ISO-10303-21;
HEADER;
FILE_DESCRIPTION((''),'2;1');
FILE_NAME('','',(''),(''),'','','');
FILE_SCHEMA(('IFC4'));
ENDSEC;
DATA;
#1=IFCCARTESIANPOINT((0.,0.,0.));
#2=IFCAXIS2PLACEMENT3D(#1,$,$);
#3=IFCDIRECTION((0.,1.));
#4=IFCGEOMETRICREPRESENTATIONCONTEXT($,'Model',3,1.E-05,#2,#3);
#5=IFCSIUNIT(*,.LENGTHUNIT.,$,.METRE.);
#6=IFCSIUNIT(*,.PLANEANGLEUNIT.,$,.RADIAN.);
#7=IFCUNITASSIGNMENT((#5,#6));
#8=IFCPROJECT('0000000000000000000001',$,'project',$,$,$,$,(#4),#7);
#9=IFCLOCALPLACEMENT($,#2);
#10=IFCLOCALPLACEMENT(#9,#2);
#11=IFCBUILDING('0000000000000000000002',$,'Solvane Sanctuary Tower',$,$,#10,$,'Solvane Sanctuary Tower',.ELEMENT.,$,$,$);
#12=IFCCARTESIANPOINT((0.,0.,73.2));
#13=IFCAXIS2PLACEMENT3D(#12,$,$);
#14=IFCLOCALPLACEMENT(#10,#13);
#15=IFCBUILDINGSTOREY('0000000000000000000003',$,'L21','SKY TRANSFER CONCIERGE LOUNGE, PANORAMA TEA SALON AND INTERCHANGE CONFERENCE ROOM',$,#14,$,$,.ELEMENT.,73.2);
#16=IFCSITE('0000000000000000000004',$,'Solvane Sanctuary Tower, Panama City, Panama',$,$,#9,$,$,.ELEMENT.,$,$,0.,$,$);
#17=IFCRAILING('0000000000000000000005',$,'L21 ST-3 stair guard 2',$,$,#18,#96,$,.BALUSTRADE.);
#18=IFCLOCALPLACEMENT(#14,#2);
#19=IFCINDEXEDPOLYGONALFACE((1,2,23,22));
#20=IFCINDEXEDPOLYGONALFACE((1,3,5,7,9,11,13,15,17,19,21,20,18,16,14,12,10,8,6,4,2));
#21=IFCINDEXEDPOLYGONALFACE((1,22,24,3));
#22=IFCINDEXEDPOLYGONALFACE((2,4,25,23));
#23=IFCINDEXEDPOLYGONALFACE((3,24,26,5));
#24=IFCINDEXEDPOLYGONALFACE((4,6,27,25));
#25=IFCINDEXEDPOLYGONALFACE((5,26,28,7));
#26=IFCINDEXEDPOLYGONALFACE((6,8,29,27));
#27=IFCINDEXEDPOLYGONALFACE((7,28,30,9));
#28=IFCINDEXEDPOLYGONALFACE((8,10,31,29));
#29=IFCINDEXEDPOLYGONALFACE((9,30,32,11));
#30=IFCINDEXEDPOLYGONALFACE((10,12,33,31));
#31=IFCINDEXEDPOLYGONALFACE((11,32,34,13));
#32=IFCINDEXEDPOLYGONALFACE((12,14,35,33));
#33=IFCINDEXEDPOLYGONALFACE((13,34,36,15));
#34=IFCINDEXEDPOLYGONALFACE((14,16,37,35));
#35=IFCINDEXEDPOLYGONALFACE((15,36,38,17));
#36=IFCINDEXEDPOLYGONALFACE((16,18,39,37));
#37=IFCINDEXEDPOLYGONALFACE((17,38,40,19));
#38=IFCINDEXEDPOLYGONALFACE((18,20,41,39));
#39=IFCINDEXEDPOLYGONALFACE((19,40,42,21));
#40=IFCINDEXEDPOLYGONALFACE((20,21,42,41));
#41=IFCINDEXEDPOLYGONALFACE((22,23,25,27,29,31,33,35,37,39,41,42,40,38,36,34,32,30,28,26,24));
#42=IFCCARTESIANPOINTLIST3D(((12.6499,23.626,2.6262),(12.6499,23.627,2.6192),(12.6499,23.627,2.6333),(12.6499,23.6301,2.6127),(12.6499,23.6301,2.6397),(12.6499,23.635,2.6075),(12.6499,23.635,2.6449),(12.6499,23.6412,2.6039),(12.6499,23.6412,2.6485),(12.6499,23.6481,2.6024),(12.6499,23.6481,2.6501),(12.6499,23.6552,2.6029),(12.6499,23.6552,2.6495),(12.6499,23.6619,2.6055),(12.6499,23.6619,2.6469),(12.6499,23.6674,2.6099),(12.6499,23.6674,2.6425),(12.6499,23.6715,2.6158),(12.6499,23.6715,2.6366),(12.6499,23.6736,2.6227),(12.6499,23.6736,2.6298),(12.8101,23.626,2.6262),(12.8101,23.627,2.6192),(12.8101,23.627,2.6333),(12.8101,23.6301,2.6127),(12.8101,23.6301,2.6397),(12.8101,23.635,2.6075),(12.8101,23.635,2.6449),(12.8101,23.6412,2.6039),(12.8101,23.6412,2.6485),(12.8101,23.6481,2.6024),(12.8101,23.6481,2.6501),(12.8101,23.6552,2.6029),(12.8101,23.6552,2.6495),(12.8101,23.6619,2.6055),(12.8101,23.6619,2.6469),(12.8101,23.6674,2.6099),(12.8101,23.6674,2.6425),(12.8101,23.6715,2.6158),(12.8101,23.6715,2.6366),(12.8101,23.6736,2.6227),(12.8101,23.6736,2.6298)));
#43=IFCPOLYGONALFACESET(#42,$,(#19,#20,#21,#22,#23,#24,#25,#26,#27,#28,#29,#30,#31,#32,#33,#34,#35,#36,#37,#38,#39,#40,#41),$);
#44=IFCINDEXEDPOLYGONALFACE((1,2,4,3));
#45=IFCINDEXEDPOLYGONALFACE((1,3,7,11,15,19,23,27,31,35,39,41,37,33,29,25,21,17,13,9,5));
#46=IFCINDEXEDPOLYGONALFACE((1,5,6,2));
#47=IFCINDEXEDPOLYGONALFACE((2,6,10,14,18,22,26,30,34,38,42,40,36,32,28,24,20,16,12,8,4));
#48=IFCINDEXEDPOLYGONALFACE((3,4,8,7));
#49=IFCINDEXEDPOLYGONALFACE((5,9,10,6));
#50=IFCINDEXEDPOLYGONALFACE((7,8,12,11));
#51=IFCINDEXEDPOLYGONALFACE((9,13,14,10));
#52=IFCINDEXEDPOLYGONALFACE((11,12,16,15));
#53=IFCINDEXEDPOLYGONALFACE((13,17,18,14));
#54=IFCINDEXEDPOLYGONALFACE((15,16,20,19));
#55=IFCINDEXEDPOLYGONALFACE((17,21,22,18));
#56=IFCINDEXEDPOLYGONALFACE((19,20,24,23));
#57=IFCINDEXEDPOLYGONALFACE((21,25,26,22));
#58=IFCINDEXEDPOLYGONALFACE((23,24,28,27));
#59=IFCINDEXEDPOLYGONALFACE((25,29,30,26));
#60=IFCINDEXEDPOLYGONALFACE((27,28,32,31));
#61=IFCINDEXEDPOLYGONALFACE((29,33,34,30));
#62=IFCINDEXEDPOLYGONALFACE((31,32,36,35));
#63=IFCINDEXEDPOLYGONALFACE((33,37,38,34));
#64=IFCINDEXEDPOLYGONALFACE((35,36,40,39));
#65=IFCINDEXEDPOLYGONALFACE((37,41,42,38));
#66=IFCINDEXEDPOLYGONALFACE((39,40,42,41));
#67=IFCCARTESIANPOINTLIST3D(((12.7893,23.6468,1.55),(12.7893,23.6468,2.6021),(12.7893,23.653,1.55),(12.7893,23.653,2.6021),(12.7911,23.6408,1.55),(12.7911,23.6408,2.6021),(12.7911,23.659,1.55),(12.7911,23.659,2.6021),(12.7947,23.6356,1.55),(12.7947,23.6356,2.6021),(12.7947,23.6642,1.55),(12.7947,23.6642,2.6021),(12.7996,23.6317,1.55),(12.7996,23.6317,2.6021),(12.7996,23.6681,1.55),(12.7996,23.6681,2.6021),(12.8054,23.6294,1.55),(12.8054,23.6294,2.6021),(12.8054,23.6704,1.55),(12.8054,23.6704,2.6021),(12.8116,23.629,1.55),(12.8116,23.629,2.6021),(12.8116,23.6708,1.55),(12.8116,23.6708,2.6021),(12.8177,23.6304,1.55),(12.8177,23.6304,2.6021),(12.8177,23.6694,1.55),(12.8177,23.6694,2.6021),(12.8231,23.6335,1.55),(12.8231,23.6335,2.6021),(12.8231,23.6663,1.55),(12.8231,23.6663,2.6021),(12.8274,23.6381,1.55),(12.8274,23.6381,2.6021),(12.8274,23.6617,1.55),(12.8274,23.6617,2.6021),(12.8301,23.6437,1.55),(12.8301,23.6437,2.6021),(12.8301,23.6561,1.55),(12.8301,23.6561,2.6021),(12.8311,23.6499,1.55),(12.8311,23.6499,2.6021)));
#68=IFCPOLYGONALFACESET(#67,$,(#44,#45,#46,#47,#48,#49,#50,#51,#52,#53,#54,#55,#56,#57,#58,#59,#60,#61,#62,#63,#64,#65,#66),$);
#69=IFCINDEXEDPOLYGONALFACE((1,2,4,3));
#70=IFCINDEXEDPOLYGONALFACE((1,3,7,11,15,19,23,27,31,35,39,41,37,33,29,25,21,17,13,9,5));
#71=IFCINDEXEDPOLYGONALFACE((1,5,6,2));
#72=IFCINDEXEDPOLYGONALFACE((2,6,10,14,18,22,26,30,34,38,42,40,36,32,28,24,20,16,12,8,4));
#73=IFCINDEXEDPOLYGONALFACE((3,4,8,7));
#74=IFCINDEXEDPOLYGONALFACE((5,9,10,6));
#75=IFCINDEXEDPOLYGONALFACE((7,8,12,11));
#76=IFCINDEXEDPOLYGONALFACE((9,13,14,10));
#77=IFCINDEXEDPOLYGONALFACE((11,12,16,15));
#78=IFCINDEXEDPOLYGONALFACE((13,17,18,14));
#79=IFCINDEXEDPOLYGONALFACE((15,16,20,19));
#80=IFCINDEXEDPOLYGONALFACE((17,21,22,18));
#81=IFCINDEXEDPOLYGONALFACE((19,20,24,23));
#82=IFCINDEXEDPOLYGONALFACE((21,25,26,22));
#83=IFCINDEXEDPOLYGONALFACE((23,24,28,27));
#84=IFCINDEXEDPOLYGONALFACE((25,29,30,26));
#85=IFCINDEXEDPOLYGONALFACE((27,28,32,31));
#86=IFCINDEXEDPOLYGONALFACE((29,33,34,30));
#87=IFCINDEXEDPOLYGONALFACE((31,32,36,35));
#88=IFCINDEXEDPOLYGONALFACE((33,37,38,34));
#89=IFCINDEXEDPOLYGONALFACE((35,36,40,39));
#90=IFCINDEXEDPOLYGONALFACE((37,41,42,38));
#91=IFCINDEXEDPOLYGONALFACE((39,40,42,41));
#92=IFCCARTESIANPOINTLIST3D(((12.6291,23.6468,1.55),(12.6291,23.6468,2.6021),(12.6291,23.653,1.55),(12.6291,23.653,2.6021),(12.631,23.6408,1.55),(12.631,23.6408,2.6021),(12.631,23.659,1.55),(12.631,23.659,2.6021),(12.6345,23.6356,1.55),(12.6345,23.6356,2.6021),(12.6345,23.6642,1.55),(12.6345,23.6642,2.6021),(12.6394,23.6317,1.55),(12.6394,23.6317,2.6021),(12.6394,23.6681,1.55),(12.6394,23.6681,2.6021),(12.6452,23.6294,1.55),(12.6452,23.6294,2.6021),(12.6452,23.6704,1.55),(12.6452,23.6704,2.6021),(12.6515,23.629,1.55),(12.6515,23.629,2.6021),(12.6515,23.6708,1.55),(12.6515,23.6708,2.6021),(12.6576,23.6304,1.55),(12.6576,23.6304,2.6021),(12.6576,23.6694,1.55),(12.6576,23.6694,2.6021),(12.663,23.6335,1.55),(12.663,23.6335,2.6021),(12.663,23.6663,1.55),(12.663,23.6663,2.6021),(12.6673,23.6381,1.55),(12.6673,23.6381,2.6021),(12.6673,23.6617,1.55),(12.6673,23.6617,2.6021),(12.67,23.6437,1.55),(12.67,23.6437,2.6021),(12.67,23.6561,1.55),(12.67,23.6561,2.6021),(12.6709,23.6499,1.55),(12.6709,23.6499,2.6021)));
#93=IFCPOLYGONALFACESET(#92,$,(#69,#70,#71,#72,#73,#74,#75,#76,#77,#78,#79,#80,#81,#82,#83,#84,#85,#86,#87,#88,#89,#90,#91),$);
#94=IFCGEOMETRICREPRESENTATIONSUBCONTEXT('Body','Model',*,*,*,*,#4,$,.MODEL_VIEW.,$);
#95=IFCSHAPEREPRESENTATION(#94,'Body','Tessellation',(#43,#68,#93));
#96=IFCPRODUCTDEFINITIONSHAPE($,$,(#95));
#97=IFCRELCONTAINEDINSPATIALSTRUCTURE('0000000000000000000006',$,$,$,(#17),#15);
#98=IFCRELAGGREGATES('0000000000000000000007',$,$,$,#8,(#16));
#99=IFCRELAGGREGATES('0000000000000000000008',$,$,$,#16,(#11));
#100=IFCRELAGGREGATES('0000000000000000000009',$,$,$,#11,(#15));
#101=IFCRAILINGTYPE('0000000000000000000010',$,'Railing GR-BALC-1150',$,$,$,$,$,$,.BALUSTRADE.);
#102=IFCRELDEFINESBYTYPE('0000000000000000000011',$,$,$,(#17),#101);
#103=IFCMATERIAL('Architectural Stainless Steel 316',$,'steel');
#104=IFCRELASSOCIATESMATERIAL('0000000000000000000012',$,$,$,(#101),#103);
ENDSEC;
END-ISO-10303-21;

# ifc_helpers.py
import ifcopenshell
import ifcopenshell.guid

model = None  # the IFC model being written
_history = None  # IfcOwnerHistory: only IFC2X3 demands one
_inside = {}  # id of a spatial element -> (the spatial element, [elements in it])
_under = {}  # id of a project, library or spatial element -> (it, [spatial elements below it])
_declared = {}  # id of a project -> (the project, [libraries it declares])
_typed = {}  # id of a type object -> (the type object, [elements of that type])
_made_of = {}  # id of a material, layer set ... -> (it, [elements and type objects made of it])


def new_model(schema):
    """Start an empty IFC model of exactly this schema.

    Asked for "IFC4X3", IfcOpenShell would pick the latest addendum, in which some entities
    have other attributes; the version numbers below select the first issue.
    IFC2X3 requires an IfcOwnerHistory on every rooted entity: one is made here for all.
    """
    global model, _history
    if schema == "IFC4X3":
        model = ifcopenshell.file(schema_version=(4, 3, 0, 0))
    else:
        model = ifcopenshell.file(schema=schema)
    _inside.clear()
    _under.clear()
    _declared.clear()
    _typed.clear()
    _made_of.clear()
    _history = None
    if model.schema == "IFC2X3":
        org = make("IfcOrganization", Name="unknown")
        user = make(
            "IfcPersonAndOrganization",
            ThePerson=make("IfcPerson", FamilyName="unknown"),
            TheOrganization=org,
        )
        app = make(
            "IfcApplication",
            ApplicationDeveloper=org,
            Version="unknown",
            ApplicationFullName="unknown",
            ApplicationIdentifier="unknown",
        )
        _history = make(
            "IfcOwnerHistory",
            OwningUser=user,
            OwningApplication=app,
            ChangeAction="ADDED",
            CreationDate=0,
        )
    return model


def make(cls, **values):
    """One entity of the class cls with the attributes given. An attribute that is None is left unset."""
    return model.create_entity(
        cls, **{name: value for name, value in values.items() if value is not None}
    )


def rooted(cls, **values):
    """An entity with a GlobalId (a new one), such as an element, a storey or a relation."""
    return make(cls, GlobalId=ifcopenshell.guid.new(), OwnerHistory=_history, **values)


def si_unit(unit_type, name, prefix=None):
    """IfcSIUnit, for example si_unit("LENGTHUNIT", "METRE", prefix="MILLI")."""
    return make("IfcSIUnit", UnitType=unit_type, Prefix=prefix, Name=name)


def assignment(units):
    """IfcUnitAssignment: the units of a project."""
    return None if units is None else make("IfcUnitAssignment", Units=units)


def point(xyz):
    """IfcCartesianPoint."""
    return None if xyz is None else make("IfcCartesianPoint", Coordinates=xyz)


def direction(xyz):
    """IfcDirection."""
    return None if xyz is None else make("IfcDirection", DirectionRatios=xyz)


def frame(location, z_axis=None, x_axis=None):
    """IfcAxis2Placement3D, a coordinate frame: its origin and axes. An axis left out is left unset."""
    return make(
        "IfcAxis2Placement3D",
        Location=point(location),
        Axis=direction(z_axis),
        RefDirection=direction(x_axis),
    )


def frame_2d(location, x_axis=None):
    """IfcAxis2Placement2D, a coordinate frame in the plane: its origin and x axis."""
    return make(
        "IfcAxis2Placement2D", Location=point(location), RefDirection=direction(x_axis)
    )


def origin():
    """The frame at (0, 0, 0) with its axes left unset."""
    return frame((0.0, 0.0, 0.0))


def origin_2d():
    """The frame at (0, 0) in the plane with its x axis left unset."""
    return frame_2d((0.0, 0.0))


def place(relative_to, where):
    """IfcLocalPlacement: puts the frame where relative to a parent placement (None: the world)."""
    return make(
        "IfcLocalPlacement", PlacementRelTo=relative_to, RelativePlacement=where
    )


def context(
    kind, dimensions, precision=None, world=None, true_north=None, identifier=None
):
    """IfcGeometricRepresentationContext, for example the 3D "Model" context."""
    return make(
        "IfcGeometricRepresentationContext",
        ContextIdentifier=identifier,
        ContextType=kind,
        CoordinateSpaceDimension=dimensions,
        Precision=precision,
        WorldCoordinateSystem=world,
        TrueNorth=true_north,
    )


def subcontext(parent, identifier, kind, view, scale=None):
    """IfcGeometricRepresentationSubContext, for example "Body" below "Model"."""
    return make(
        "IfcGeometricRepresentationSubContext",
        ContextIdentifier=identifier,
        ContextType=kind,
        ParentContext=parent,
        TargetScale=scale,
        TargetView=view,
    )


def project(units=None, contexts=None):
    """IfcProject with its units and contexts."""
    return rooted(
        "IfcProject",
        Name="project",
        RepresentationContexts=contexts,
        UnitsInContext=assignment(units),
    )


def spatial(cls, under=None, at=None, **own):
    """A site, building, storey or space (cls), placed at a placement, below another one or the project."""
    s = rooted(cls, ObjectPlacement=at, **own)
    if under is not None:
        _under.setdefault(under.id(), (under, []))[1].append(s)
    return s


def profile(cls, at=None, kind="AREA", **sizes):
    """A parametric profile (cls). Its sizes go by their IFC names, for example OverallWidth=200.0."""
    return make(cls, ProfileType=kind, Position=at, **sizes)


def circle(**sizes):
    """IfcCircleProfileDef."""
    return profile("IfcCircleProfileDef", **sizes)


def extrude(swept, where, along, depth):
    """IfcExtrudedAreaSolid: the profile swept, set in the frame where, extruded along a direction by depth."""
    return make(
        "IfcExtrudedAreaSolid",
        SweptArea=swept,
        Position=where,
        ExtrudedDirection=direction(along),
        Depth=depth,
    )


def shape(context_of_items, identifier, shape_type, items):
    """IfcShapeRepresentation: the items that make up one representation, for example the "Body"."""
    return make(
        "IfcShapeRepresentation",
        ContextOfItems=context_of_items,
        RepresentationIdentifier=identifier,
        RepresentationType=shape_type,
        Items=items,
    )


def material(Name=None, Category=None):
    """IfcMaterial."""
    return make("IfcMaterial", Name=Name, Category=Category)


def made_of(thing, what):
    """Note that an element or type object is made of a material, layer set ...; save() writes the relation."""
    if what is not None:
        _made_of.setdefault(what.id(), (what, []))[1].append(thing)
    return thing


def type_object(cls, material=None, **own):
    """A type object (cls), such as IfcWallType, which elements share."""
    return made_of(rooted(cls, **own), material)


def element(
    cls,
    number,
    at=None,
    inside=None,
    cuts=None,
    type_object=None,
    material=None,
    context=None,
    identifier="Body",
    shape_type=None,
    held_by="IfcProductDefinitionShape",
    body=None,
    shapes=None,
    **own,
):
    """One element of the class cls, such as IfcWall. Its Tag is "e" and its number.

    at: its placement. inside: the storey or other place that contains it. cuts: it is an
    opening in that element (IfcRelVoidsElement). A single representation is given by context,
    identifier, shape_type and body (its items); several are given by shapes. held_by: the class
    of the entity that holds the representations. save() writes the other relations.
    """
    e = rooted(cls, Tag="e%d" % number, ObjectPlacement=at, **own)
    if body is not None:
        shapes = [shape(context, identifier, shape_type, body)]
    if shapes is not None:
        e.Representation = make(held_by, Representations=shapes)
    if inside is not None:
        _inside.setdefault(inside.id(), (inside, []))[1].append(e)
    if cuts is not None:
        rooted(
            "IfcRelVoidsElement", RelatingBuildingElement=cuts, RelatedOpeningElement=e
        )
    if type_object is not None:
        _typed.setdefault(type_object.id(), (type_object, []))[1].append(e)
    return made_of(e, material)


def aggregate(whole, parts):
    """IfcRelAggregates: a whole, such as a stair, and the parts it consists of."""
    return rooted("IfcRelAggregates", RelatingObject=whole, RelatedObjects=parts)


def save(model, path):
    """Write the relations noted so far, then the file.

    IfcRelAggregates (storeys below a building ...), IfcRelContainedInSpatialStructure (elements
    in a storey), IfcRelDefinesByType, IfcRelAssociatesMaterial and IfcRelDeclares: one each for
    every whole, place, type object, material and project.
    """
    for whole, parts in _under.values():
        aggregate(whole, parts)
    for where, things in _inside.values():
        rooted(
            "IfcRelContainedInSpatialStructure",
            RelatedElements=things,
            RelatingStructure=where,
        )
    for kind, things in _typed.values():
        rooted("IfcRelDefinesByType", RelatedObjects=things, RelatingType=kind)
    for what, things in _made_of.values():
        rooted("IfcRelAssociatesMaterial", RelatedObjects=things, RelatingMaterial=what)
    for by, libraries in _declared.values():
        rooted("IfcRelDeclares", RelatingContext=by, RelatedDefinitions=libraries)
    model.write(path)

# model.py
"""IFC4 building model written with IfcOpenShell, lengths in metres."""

from ifc_helpers import new_model, si_unit, direction, frame, origin, origin_2d, place, context, subcontext, project, spatial, circle, extrude, material, type_object, element, save


model = new_model("IFC4")

# Units and contexts
model_context = context("Model", 3, precision=1e-05, world=origin(), true_north=direction((0.0, 1.0)))
body_context = subcontext(model_context, "Body", "Model", "MODEL_VIEW")
ifc_project = project(units=[si_unit("LENGTHUNIT", "METRE"), si_unit("PLANEANGLEUNIT", "RADIAN")], contexts=[model_context])

# Site, building, storey
site_placement = place(None, origin())
site = spatial("IfcSite", under=ifc_project, at=site_placement, Name="Solvane Sanctuary Tower, Panama City, Panama", CompositionType="ELEMENT", RefElevation=0.0)
building_placement = place(site_placement, origin())
building = spatial("IfcBuilding", under=site, at=building_placement, Name="Solvane Sanctuary Tower", LongName="Solvane Sanctuary Tower", CompositionType="ELEMENT")
storey_placement = place(building_placement, frame((0.0, 0.0, 73.2)))
storey = spatial("IfcBuildingStorey", under=building, at=storey_placement, Name="L21", Description="SKY TRANSFER CONCIERGE LOUNGE, PANORAMA TEA SALON AND INTERCHANGE CONFERENCE ROOM", CompositionType="ELEMENT", Elevation=73.2)

# Shared definitions
ifc_material_1 = material(Name="Architectural Stainless Steel 316", Category="steel")

# Railing
railing_type_1 = type_object("IfcRailingType", Name="Railing GR-BALC-1150", PredefinedType="BALUSTRADE", material=ifc_material_1)
railing_1_placement = place(storey_placement, frame((12.8101, 23.6499, 1.55)))
element("IfcRailing", 1, at=railing_1_placement, inside=storey, type_object=railing_type_1, Name="L21 ST-3 stair guard 2", PredefinedType="BALUSTRADE", context=body_context, shape_type="SweptSolid", body=[
    extrude(circle(Radius=0.0239, at=origin_2d()), frame((0.0, 0.0, 1.0762), z_axis=(-1.0, 0.0, 0.0), x_axis=(0.0, -1.0, 0.0)), (0.0, 0.0, 1.0), 0.1602),
    extrude(circle(Radius=0.021, at=origin_2d()), origin(), (0.0, 0.0, 1.0), 1.052),
    extrude(circle(Radius=0.021, at=origin_2d()), frame((-0.1602, 0.0, 0.0)), (0.0, 0.0, 1.0), 1.052),
])

save(model, "model.ifc")
